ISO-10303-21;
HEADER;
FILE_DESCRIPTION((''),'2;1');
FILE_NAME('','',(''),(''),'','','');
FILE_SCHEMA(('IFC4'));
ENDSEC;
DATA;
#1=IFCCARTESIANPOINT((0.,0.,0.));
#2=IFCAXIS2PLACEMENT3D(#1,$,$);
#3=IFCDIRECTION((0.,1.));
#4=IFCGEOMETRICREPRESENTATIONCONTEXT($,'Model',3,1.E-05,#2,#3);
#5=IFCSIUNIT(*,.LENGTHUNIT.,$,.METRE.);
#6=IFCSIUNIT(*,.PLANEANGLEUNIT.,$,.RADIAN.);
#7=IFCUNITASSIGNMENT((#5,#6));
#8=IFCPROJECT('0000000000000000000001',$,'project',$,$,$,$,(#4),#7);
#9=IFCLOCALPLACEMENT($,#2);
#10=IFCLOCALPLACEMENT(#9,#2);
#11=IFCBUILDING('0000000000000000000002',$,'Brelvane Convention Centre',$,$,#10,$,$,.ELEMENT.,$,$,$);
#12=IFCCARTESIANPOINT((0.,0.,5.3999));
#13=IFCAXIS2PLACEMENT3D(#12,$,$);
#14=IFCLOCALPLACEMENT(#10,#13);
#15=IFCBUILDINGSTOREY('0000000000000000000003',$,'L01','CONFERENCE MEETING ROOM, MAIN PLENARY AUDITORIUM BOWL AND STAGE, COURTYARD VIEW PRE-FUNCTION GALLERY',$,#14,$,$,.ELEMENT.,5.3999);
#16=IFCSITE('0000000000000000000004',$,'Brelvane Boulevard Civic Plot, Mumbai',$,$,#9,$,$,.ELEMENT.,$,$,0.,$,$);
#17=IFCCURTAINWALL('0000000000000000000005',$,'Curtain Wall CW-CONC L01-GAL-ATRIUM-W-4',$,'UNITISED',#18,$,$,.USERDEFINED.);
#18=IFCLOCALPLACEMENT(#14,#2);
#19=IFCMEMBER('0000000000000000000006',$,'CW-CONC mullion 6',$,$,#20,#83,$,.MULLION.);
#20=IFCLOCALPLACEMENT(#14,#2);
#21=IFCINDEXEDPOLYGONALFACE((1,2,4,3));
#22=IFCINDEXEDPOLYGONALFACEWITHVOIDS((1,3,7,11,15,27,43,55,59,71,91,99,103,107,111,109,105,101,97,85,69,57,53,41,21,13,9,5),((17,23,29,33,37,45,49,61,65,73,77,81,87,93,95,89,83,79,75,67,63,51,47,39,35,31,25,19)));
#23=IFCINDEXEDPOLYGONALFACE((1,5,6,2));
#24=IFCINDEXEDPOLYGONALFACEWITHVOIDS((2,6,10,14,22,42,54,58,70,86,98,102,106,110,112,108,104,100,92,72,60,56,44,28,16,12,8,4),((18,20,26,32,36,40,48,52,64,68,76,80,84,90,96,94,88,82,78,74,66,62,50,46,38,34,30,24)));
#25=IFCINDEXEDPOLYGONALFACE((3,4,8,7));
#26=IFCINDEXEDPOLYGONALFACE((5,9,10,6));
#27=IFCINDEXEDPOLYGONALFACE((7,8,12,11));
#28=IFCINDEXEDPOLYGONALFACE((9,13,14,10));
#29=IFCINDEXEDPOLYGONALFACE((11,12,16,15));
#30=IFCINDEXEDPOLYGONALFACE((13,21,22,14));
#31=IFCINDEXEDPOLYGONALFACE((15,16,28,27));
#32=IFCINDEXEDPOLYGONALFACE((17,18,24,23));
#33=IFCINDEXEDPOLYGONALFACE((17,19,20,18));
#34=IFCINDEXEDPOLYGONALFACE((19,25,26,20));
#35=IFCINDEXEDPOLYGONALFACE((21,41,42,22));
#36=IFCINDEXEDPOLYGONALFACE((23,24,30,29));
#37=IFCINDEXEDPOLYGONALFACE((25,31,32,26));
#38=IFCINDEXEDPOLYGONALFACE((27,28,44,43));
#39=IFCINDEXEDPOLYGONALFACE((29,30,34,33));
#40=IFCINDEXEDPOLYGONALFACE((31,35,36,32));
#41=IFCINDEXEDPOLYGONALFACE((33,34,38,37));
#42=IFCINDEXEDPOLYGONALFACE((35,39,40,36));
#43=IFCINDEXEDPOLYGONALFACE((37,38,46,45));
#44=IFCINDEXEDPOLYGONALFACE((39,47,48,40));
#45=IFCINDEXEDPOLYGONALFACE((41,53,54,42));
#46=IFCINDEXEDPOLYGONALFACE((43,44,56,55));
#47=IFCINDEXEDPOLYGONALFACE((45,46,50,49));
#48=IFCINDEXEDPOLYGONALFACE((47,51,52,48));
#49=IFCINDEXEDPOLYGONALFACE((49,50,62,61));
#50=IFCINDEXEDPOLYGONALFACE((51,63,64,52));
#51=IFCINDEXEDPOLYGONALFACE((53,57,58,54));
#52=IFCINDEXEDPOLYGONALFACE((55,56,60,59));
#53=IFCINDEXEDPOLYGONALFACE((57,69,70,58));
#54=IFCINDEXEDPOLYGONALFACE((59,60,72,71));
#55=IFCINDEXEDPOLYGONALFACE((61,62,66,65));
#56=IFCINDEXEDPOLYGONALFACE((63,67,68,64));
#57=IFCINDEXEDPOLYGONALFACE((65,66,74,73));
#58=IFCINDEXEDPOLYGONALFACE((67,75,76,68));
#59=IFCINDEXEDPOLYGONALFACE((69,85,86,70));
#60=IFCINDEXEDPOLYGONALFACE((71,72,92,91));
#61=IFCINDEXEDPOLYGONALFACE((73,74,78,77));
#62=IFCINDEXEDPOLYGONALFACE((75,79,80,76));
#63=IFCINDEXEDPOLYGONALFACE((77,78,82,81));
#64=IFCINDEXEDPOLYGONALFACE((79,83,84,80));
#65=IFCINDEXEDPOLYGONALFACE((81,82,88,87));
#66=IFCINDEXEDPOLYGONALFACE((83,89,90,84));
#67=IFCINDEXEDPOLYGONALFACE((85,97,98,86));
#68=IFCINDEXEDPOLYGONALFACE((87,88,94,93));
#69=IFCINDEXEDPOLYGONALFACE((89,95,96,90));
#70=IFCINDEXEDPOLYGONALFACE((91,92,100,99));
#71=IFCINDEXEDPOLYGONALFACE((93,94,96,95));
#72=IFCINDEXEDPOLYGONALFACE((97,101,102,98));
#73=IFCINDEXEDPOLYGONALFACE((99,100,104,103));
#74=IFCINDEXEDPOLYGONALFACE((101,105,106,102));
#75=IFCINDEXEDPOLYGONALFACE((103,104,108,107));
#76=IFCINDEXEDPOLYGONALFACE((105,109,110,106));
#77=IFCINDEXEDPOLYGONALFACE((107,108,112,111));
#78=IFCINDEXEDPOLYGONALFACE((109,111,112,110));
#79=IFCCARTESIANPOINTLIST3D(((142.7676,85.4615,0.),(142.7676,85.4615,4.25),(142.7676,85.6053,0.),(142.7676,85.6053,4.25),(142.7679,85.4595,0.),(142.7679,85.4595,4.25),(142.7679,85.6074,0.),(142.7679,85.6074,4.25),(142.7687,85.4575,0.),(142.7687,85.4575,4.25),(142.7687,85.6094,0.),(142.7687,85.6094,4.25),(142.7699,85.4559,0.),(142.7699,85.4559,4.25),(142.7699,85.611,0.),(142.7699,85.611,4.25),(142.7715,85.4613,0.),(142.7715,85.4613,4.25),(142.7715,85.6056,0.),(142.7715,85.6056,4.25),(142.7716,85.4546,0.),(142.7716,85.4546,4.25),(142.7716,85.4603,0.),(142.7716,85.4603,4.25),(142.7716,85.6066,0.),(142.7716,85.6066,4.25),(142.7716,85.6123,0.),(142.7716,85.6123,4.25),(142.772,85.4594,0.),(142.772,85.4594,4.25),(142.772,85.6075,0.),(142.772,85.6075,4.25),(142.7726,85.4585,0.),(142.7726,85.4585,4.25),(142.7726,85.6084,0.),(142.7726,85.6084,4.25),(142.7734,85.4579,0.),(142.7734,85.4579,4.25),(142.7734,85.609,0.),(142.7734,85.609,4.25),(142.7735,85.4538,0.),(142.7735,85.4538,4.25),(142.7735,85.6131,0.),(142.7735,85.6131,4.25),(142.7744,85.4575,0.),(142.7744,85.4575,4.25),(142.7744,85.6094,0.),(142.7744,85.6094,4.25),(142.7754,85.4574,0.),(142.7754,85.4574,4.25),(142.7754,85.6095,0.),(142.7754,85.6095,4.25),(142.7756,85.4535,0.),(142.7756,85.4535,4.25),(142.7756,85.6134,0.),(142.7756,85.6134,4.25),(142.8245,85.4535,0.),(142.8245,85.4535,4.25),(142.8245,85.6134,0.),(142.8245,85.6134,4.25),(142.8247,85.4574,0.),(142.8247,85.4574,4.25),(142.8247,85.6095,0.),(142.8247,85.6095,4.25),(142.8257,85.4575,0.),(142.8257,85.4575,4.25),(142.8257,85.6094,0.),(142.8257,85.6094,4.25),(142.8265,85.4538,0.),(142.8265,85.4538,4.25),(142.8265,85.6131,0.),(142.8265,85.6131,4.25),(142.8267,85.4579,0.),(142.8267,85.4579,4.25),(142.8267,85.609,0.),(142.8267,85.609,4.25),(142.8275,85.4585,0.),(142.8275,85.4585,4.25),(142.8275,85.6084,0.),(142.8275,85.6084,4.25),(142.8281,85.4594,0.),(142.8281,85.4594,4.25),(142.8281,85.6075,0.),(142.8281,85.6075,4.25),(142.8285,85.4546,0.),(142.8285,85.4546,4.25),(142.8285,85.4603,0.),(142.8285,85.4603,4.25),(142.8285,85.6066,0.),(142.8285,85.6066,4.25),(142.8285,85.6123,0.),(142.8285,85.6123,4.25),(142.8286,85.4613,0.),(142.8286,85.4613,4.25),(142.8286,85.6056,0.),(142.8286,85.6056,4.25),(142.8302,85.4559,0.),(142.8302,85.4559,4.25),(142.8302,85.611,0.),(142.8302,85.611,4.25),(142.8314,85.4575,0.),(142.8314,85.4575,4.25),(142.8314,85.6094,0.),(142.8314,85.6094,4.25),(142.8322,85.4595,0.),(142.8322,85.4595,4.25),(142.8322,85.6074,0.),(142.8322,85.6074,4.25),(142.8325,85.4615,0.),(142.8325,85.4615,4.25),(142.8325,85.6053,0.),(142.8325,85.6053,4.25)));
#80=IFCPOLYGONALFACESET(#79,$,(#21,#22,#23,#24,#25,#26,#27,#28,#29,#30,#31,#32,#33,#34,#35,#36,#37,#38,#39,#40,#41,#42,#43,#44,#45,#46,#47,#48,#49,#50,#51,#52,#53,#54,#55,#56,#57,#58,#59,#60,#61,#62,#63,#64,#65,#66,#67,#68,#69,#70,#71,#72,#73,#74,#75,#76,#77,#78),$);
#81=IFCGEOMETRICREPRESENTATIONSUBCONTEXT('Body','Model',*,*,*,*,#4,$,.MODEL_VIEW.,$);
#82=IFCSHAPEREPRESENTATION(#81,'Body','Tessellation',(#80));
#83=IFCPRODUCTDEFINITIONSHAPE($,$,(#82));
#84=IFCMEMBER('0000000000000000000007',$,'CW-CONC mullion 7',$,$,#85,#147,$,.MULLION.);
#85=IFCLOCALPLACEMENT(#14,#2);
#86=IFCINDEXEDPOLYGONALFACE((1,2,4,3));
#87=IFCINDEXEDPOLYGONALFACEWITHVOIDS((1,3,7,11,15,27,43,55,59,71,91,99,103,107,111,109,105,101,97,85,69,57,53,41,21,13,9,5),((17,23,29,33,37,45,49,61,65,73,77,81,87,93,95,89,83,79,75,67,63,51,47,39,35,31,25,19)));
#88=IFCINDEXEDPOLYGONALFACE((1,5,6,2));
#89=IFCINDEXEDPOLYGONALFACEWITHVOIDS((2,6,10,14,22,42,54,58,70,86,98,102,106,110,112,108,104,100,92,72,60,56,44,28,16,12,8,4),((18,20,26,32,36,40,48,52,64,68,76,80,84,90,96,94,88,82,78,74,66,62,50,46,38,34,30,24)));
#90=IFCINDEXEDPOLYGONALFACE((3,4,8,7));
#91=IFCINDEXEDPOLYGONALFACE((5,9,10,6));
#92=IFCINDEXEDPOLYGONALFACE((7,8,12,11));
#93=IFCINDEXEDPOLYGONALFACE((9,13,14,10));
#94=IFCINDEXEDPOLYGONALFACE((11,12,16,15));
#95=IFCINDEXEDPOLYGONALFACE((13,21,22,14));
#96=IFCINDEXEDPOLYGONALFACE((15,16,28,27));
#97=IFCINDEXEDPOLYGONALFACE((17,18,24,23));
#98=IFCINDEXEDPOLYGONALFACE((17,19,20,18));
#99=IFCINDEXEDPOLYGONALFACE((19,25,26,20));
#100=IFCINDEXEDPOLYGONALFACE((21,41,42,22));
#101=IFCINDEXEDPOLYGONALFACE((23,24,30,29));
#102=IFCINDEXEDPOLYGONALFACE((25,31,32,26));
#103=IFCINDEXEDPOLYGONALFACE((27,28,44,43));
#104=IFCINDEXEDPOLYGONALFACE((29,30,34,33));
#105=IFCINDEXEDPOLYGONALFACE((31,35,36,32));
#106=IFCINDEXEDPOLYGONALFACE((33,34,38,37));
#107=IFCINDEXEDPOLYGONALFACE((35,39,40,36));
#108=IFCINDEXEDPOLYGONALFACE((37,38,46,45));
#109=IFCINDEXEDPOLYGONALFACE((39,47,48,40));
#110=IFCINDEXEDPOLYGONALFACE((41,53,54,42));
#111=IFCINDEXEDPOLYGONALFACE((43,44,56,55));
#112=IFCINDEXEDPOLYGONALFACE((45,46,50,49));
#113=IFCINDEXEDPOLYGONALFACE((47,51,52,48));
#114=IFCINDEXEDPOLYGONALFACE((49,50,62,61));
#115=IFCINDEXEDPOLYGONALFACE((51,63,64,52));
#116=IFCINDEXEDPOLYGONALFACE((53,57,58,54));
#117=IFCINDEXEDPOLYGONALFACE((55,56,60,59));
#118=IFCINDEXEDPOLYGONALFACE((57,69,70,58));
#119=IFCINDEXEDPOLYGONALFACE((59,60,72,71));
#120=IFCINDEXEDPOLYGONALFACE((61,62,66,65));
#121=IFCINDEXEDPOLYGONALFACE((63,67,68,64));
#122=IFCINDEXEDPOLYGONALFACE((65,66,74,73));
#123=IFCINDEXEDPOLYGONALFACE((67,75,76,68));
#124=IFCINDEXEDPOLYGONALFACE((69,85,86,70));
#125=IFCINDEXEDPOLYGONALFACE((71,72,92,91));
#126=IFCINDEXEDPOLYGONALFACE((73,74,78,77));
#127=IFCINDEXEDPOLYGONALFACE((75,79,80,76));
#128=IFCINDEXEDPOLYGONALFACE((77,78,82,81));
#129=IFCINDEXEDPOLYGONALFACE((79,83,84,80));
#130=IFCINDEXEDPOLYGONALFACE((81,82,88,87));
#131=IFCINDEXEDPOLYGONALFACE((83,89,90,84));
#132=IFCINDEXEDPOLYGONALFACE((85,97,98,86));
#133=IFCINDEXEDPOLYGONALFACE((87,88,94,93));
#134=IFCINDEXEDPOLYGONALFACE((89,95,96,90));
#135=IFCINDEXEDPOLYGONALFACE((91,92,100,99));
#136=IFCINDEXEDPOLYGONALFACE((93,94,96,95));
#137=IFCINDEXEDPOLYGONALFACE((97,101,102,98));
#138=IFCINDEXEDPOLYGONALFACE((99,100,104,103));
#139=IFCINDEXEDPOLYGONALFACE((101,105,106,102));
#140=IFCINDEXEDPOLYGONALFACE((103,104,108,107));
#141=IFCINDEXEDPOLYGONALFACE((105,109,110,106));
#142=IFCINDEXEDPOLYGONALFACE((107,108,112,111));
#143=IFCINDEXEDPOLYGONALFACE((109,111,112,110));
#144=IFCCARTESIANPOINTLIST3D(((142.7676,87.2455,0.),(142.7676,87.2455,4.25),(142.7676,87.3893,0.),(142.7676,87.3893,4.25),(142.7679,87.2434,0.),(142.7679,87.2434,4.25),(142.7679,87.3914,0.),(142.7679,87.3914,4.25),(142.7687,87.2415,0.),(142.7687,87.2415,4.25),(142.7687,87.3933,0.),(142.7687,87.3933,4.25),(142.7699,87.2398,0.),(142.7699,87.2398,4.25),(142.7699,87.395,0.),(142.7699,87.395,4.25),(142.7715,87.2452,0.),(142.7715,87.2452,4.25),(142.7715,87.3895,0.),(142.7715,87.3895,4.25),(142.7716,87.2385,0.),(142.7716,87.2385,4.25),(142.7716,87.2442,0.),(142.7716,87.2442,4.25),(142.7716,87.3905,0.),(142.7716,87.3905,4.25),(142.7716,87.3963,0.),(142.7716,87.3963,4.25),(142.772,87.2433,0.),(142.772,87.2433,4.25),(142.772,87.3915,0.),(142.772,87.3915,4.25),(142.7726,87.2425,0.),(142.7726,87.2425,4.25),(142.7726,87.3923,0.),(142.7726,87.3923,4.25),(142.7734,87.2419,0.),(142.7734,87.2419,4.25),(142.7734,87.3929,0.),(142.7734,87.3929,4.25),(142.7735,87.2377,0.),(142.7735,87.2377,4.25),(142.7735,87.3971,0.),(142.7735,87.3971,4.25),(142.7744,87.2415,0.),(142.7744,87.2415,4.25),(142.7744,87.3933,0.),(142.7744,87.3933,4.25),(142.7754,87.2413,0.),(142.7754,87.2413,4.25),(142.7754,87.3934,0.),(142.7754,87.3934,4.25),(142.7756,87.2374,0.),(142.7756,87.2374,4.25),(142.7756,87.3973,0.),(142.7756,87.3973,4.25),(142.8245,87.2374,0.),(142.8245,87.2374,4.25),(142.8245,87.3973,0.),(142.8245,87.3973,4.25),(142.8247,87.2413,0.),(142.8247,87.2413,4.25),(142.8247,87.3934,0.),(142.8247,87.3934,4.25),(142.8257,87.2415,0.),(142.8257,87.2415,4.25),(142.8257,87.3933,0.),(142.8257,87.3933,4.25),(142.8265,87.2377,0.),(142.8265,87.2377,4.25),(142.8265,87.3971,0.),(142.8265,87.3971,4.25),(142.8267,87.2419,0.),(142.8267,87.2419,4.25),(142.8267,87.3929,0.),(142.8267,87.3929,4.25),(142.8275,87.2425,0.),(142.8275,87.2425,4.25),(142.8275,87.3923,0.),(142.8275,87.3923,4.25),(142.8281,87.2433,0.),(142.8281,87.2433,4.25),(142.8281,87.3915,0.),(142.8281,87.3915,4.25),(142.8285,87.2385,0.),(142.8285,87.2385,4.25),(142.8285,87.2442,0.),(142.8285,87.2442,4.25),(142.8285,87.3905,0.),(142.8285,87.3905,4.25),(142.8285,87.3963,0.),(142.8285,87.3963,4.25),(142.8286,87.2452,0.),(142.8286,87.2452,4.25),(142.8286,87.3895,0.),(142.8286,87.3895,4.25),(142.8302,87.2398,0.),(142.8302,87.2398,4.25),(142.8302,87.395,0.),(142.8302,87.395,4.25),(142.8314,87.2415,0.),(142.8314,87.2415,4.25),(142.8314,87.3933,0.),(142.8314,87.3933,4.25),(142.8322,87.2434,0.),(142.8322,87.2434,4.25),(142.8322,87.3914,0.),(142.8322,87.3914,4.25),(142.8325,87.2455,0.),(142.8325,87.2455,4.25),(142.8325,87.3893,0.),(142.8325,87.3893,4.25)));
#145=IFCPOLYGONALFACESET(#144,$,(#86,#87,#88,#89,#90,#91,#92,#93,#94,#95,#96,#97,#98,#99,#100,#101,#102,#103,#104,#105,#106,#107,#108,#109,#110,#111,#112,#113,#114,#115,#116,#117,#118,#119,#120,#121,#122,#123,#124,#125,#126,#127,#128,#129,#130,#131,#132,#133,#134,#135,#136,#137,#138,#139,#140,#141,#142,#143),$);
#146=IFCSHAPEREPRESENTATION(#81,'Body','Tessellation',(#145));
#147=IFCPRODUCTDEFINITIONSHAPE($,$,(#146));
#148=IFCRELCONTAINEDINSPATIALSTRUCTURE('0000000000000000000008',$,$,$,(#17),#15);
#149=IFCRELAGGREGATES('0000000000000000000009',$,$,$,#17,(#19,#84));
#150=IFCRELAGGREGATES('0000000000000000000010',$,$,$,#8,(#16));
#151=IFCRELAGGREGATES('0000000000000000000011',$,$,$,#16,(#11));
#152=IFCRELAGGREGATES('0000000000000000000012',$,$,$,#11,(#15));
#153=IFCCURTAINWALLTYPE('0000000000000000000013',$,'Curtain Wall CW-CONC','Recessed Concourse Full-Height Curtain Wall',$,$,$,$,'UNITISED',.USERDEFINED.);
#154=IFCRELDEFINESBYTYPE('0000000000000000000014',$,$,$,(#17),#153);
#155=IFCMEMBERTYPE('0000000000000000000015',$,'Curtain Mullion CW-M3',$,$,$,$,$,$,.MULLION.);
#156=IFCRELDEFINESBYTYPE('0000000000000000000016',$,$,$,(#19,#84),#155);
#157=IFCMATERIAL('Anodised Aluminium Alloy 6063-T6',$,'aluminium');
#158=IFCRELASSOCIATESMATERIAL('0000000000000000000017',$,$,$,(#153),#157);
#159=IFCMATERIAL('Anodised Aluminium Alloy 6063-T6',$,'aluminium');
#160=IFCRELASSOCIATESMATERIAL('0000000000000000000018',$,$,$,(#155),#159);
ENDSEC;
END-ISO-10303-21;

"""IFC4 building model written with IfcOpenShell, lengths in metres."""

from ifc_helpers import new_model, si_unit, direction, frame, origin, origin_2d, place, context, subcontext, project, spatial, hollow_rectangle, extrude, material, material_profile, profile_set, type_object, element, aggregate, save


model = new_model("IFC4")

# Units and contexts
model_context = context("Model", 3, precision=1e-05, world=origin(), true_north=direction((0.0, 1.0)))
body_context = subcontext(model_context, "Body", "Model", "MODEL_VIEW")
ifc_project = project(units=[si_unit("LENGTHUNIT", "METRE"), si_unit("PLANEANGLEUNIT", "RADIAN")], contexts=[model_context])

# Site, building, storey
site_placement = place(None, origin())
site = spatial("IfcSite", under=ifc_project, at=site_placement, Name="Brelvane Boulevard Civic Plot, Mumbai", CompositionType="ELEMENT", RefElevation=0.0)
building_placement = place(site_placement, origin())
building = spatial("IfcBuilding", under=site, at=building_placement, Name="Brelvane Convention Centre", CompositionType="ELEMENT")
storey_placement = place(building_placement, frame((0.0, 0.0, 5.3999)))
storey = spatial("IfcBuildingStorey", under=building, at=storey_placement, Name="L01", Description="CONFERENCE MEETING ROOM, MAIN PLENARY AUDITORIUM BOWL AND STAGE, COURTYARD VIEW PRE-FUNCTION GALLERY", CompositionType="ELEMENT", Elevation=5.3999)

# Curtain wall, members
ifc_material_1 = material(Name="Anodised Aluminium Alloy 6063-T6", Category="aluminium")
curtain_wall_type = type_object("IfcCurtainWallType", Name="Curtain Wall CW-CONC", Description="Recessed Concourse Full-Height Curtain Wall", ElementType="UNITISED", PredefinedType="USERDEFINED", material=ifc_material_1)
curtain_wall_placement = place(storey_placement, origin())
curtain_wall = element("IfcCurtainWall", 1, at=curtain_wall_placement, inside=storey, type_object=curtain_wall_type, Name="Curtain Wall CW-CONC L01-GAL-ATRIUM-W-4", ObjectType="UNITISED", PredefinedType="USERDEFINED")
ifc_material_2 = material(Name="Anodised Aluminium Alloy 6063-T6", Category="aluminium")
ifc_material_profile_1 = material_profile(ifc_material_2, hollow_rectangle(XDim=0.0649, YDim=0.1599, WallThickness=0.0039, InnerFilletRadius=0.0039, OuterFilletRadius=0.0081, at=origin_2d()), Name="ALU-M 160x65x4.0")
ifc_profile_set_1 = profile_set([ifc_material_profile_1], Name="Anodised Aluminium Alloy 6063-T6")
member_type_1 = type_object("IfcMemberType", Name="Curtain Mullion CW-M3", PredefinedType="MULLION", material=ifc_profile_set_1)
member_1_placement = place(storey_placement, frame((142.8, 85.5334, 0.0), z_axis=(0.0, 0.0, 1.0), x_axis=(-1.0, 0.0, 0.0)))
member_1 = element("IfcMember", 2, at=member_1_placement, type_object=member_type_1, Name="CW-CONC mullion 6", PredefinedType="MULLION", context=body_context, shape_type="SweptSolid", body=[
    extrude(hollow_rectangle(XDim=0.0649, YDim=0.1599, WallThickness=0.0039, InnerFilletRadius=0.0039, OuterFilletRadius=0.0081, at=origin_2d()), origin(), (0.0, 0.0, 1.0), 4.25),
])
member_2_placement = place(storey_placement, frame((142.8, 87.3174, 0.0), z_axis=(0.0, 0.0, 1.0), x_axis=(-1.0, 0.0, 0.0)))
member_2 = element("IfcMember", 3, at=member_2_placement, type_object=member_type_1, Name="CW-CONC mullion 7", PredefinedType="MULLION", context=body_context, shape_type="SweptSolid", body=[
    extrude(hollow_rectangle(XDim=0.0649, YDim=0.1599, WallThickness=0.0039, InnerFilletRadius=0.0039, OuterFilletRadius=0.0081, at=origin_2d()), origin(), (0.0, 0.0, 1.0), 4.25),
])
aggregate(curtain_wall, [member_1, member_2])

save(model, "model.ifc")
